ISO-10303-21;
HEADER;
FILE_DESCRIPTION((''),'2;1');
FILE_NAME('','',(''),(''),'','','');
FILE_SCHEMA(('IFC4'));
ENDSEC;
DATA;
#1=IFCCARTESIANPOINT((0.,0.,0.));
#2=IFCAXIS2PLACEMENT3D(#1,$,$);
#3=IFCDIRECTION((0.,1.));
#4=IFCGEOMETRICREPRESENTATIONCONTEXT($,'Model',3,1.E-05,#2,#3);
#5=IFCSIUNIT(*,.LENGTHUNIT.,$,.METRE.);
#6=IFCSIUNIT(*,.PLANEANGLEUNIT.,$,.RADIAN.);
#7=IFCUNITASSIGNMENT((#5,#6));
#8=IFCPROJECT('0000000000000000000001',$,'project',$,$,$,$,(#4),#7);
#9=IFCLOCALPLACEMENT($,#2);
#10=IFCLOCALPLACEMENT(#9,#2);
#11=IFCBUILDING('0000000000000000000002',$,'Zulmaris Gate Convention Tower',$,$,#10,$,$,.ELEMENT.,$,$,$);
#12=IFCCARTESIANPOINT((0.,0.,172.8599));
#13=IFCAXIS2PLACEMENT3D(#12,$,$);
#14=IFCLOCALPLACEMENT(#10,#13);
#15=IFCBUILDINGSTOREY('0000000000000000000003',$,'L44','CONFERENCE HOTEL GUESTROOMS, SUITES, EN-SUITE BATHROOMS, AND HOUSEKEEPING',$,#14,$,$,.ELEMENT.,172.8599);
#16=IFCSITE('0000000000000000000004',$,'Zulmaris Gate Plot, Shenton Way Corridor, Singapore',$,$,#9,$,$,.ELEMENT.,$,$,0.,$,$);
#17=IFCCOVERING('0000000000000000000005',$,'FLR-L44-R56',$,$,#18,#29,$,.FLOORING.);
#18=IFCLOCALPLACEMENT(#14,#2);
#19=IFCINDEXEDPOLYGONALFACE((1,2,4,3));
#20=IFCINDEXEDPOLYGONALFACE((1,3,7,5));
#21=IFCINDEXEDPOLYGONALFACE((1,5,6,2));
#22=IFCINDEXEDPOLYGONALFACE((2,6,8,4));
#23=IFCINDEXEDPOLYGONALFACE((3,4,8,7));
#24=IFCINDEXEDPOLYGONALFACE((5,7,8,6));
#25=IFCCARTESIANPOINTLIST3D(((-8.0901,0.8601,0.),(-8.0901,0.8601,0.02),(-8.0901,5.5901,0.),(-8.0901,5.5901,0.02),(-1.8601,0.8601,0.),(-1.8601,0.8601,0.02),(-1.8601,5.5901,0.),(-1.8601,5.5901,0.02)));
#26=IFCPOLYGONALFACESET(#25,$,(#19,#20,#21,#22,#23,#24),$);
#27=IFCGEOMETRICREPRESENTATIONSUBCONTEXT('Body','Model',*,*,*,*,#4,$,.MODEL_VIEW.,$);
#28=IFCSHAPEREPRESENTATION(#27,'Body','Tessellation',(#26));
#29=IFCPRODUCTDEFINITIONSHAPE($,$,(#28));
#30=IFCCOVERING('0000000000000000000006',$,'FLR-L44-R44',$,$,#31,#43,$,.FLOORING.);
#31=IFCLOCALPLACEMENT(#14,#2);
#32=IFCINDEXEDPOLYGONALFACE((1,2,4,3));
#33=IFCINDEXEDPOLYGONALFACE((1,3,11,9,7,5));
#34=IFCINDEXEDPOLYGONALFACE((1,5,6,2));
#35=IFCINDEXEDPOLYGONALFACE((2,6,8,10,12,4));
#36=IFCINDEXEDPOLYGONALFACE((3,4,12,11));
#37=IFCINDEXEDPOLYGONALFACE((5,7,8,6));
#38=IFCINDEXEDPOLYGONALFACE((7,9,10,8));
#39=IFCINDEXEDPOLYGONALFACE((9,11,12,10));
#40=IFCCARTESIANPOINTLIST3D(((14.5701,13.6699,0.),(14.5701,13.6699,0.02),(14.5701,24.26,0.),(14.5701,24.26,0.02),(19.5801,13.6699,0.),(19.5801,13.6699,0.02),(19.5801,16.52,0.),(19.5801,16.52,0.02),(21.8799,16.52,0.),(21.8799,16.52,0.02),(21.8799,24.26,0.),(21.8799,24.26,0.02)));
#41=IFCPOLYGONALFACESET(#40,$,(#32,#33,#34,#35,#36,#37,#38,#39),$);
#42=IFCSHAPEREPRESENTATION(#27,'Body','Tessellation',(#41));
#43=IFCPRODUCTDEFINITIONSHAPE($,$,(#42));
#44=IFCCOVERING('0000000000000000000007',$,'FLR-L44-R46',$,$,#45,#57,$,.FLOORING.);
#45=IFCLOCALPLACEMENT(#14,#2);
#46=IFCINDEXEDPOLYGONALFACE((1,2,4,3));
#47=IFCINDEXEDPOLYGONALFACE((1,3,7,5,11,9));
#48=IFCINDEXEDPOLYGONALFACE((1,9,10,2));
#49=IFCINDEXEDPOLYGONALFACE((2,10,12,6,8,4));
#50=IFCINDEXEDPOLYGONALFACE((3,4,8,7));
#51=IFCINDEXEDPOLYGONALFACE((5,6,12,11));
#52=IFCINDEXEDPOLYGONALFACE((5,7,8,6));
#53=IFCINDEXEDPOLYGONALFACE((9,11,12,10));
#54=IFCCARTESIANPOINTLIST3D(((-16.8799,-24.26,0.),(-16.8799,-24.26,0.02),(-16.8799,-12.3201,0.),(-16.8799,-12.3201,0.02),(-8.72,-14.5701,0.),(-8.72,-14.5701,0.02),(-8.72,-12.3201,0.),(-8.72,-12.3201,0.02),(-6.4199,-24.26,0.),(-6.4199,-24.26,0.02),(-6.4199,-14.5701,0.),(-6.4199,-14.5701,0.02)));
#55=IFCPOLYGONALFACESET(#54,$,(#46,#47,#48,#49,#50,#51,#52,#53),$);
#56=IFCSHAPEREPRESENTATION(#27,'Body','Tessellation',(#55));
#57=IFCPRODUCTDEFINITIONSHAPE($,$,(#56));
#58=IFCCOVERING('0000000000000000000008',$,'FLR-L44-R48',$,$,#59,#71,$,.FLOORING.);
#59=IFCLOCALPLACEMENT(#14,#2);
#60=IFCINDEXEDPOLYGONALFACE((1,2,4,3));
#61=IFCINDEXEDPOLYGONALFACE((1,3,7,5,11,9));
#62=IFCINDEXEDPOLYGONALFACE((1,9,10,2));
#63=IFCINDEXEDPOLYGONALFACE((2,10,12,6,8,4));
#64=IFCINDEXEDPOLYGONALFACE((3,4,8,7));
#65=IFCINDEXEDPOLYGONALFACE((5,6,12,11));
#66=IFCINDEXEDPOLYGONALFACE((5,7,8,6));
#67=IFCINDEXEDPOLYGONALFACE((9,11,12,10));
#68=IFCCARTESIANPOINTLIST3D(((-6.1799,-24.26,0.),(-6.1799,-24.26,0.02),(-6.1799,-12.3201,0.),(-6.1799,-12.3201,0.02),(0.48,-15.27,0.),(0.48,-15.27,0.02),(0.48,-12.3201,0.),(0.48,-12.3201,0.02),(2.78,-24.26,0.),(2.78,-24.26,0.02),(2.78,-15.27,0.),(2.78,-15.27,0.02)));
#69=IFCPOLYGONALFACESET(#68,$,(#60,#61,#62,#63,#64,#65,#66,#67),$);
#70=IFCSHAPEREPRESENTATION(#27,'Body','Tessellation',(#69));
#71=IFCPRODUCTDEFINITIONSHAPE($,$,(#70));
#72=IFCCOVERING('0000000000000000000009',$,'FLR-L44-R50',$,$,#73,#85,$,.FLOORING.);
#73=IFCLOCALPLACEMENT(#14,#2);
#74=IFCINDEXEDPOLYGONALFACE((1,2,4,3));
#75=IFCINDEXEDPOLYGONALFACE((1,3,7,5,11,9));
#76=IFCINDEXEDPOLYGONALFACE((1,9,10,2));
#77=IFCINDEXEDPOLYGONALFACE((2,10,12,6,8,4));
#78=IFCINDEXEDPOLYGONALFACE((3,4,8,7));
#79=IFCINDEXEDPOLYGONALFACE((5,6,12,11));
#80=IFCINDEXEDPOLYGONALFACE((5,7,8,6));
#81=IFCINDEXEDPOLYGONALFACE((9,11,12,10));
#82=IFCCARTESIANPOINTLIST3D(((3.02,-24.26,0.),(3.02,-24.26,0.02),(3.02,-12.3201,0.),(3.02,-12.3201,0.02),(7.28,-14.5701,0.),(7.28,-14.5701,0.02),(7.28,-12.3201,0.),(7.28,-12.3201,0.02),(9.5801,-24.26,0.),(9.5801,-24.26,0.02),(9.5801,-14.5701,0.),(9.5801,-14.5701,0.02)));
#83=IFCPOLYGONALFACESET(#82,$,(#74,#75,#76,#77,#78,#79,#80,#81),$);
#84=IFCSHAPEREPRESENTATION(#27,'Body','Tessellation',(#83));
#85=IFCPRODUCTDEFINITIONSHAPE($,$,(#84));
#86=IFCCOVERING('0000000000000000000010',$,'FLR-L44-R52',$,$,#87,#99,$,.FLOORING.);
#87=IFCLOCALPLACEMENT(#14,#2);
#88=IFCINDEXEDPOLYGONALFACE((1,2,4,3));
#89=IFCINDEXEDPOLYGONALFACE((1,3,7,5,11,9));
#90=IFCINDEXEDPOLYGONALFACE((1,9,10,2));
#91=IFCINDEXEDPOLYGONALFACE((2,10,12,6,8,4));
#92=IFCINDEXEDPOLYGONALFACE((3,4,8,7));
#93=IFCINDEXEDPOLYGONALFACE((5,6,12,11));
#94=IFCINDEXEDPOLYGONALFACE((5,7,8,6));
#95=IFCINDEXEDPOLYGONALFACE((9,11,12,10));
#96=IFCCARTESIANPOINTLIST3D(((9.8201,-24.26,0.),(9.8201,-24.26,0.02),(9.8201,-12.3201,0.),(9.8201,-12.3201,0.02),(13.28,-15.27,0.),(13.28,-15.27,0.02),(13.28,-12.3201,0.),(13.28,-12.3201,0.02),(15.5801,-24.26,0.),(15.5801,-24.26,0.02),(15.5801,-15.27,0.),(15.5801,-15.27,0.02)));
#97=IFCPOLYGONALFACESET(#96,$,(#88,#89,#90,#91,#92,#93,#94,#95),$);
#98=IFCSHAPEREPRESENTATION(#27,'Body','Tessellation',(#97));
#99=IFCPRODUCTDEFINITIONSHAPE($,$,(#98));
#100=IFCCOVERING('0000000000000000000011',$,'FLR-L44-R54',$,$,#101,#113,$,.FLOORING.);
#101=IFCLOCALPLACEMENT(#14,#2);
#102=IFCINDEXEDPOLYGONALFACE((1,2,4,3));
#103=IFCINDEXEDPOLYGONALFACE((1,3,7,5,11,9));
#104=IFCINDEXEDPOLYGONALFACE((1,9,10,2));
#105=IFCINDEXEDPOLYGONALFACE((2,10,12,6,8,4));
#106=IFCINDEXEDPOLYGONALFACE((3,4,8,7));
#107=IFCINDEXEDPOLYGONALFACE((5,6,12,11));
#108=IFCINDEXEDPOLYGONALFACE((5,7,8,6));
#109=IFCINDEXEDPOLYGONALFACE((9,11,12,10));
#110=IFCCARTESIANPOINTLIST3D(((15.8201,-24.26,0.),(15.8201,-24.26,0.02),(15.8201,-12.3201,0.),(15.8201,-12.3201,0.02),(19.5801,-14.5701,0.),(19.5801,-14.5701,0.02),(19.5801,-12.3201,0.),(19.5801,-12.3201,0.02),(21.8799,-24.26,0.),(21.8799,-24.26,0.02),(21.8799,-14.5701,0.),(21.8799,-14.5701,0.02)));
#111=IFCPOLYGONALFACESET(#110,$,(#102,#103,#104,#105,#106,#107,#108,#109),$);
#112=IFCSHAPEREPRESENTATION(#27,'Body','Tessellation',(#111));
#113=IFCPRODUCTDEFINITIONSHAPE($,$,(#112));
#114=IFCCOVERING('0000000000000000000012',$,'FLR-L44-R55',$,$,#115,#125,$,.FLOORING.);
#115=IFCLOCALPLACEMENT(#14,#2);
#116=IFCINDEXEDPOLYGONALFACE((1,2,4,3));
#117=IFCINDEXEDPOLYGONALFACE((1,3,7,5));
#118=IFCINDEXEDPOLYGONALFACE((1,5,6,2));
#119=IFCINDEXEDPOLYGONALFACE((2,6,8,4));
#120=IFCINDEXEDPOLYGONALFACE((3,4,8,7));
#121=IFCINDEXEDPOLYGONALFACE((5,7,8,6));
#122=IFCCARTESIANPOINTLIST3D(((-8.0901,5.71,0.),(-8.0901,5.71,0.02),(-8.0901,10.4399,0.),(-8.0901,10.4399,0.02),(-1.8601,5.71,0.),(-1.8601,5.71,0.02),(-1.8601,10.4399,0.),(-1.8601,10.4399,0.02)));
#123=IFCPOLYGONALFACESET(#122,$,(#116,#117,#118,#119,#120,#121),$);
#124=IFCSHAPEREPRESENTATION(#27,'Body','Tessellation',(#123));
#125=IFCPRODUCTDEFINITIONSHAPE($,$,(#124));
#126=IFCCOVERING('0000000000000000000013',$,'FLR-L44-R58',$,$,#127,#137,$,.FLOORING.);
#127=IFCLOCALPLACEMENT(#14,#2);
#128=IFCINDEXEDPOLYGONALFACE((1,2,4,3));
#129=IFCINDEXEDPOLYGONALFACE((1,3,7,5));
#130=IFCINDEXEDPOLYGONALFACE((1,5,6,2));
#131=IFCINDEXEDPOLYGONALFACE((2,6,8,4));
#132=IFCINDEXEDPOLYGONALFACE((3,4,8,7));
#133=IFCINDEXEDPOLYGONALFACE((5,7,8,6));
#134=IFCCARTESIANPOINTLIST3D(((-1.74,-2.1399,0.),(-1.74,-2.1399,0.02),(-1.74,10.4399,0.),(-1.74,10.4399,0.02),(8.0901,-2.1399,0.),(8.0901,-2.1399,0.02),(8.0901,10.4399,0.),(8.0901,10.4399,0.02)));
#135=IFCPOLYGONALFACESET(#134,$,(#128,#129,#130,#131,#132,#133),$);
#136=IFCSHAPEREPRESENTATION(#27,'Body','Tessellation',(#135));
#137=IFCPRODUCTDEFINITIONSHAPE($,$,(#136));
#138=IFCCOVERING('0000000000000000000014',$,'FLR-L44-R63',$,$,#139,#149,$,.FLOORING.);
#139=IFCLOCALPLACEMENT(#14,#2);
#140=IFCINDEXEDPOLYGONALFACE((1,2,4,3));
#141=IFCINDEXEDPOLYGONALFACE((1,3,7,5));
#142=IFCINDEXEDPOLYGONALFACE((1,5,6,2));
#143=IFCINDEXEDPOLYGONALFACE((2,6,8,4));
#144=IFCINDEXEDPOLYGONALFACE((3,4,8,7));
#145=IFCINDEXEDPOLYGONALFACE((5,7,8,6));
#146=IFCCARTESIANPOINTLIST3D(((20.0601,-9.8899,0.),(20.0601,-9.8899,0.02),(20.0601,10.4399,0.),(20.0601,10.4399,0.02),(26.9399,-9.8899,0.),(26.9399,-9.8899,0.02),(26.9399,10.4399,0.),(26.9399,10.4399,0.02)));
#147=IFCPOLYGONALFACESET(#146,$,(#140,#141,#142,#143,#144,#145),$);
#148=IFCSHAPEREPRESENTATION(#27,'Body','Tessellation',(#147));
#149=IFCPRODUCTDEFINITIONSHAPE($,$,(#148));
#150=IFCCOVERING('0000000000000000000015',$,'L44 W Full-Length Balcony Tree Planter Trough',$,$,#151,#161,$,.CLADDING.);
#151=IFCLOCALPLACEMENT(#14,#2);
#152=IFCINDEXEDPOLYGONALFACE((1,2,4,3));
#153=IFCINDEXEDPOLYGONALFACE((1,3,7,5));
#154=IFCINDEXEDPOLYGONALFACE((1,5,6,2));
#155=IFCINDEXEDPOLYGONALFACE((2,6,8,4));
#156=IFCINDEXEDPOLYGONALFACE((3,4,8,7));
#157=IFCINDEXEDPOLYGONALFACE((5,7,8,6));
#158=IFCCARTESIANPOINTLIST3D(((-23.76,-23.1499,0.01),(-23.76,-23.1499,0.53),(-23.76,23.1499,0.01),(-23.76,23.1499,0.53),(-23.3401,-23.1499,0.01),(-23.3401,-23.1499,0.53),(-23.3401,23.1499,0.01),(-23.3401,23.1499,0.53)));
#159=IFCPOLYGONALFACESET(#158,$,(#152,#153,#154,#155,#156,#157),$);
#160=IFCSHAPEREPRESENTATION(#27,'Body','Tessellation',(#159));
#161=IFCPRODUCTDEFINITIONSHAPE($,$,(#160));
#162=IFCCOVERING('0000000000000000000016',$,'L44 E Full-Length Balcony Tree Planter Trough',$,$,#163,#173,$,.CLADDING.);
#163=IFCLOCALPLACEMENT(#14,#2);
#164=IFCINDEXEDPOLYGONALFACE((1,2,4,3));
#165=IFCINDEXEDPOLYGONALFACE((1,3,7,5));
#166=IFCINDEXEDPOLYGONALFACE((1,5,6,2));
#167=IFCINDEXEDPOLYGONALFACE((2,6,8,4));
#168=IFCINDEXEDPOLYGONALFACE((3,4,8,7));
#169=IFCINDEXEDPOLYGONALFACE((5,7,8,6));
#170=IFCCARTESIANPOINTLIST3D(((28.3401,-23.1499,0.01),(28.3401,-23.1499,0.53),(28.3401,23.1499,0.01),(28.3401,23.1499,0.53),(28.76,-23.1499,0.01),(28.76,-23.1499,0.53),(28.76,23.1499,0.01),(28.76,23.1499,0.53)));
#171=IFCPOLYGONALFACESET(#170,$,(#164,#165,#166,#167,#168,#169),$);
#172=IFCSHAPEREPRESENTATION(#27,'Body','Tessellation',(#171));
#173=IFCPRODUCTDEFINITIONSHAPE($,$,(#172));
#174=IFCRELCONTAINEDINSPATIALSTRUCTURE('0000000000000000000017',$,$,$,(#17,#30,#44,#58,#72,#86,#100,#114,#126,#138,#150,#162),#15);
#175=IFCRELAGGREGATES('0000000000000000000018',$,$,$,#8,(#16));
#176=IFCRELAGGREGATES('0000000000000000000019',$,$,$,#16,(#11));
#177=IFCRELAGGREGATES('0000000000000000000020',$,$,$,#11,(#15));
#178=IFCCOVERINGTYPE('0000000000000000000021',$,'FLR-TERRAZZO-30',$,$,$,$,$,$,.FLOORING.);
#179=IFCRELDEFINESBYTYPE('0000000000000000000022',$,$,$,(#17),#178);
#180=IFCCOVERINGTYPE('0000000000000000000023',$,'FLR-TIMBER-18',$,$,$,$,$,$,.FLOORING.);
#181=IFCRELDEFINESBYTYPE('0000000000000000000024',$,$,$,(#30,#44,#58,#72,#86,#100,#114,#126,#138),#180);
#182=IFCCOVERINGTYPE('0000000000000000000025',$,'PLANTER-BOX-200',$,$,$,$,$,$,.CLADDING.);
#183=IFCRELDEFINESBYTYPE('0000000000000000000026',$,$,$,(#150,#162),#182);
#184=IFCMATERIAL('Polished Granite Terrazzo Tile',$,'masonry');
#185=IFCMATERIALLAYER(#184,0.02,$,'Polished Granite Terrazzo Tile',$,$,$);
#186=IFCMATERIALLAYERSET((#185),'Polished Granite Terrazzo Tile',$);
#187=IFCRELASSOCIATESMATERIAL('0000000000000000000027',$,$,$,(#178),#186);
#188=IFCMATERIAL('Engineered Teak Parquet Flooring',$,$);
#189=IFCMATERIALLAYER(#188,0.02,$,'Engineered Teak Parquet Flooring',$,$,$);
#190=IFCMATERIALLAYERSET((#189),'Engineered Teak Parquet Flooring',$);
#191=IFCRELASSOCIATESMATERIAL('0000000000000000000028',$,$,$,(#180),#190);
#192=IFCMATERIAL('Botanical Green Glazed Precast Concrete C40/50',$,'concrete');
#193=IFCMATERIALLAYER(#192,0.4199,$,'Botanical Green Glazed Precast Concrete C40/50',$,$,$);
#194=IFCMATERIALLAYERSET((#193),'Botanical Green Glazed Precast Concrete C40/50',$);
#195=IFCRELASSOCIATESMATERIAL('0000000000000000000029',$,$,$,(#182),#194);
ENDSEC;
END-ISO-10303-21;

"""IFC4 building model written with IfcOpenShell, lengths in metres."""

from ifc_helpers import new_model, si_unit, direction, frame, origin, place, context, subcontext, project, spatial, polyline, outline, extrude, material, layer, layer_set, type_object, element, save


model = new_model("IFC4")

# Units and contexts
model_context = context("Model", 3, precision=1e-05, world=origin(), true_north=direction((0.0, 1.0)))
body_context = subcontext(model_context, "Body", "Model", "MODEL_VIEW")
ifc_project = project(units=[si_unit("LENGTHUNIT", "METRE"), si_unit("PLANEANGLEUNIT", "RADIAN")], contexts=[model_context])

# Site, building, storey
site_placement = place(None, origin())
site = spatial("IfcSite", under=ifc_project, at=site_placement, Name="Zulmaris Gate Plot, Shenton Way Corridor, Singapore", CompositionType="ELEMENT", RefElevation=0.0)
building_placement = place(site_placement, origin())
building = spatial("IfcBuilding", under=site, at=building_placement, Name="Zulmaris Gate Convention Tower", CompositionType="ELEMENT")
storey_placement = place(building_placement, frame((0.0, 0.0, 172.8599)))
storey = spatial("IfcBuildingStorey", under=building, at=storey_placement, Name="L44", Description="CONFERENCE HOTEL GUESTROOMS, SUITES, EN-SUITE BATHROOMS, AND HOUSEKEEPING", CompositionType="ELEMENT", Elevation=172.8599)

# Coverings
ifc_material_1 = material(Name="Polished Granite Terrazzo Tile", Category="masonry")
ifc_layer_1 = layer(ifc_material_1, 0.02, Name="Polished Granite Terrazzo Tile")
ifc_layer_set_1 = layer_set([ifc_layer_1], Name="Polished Granite Terrazzo Tile")
covering_type_1 = type_object("IfcCoveringType", Name="FLR-TERRAZZO-30", PredefinedType="FLOORING", material=ifc_layer_set_1)
covering_1_placement = place(storey_placement, origin())
element("IfcCovering", 1, at=covering_1_placement, inside=storey, type_object=covering_type_1, Name="FLR-L44-R56", PredefinedType="FLOORING", context=body_context, shape_type="SweptSolid", body=[
    extrude(outline(polyline([(-8.0901, 0.8601), (-1.8601, 0.8601), (-1.8601, 5.5901), (-8.0901, 5.5901), (-8.0901, 0.8601)])), origin(), (0.0, 0.0, 1.0), 0.02),
])
ifc_material_2 = material(Name="Engineered Teak Parquet Flooring")
ifc_layer_2 = layer(ifc_material_2, 0.02, Name="Engineered Teak Parquet Flooring")
ifc_layer_set_2 = layer_set([ifc_layer_2], Name="Engineered Teak Parquet Flooring")
covering_type_2 = type_object("IfcCoveringType", Name="FLR-TIMBER-18", PredefinedType="FLOORING", material=ifc_layer_set_2)
covering_2_placement = place(storey_placement, origin())
element("IfcCovering", 2, at=covering_2_placement, inside=storey, type_object=covering_type_2, Name="FLR-L44-R44", PredefinedType="FLOORING", context=body_context, shape_type="SweptSolid", body=[
    extrude(outline(polyline([(14.5701, 13.6699), (19.5801, 13.6699), (19.5801, 16.52), (21.8799, 16.52), (21.8799, 24.26), (14.5701, 24.26), (14.5701, 13.6699)])), origin(), (0.0, 0.0, 1.0), 0.02),
])
covering_3_placement = place(storey_placement, origin())
element("IfcCovering", 3, at=covering_3_placement, inside=storey, type_object=covering_type_2, Name="FLR-L44-R46", PredefinedType="FLOORING", context=body_context, shape_type="SweptSolid", body=[
    extrude(outline(polyline([(-16.8799, -24.26), (-6.4199, -24.26), (-6.4199, -14.5701), (-8.72, -14.5701), (-8.72, -12.3201), (-16.8799, -12.3201), (-16.8799, -24.26)])), origin(), (0.0, 0.0, 1.0), 0.02),
])
covering_4_placement = place(storey_placement, origin())
element("IfcCovering", 4, at=covering_4_placement, inside=storey, type_object=covering_type_2, Name="FLR-L44-R48", PredefinedType="FLOORING", context=body_context, shape_type="SweptSolid", body=[
    extrude(outline(polyline([(-6.1799, -24.26), (2.78, -24.26), (2.78, -15.27), (0.48, -15.27), (0.48, -12.3201), (-6.1799, -12.3201), (-6.1799, -24.26)])), origin(), (0.0, 0.0, 1.0), 0.02),
])
covering_5_placement = place(storey_placement, origin())
element("IfcCovering", 5, at=covering_5_placement, inside=storey, type_object=covering_type_2, Name="FLR-L44-R50", PredefinedType="FLOORING", context=body_context, shape_type="SweptSolid", body=[
    extrude(outline(polyline([(3.02, -24.26), (9.5801, -24.26), (9.5801, -14.5701), (7.28, -14.5701), (7.28, -12.3201), (3.02, -12.3201), (3.02, -24.26)])), origin(), (0.0, 0.0, 1.0), 0.02),
])
covering_6_placement = place(storey_placement, origin())
element("IfcCovering", 6, at=covering_6_placement, inside=storey, type_object=covering_type_2, Name="FLR-L44-R52", PredefinedType="FLOORING", context=body_context, shape_type="SweptSolid", body=[
    extrude(outline(polyline([(9.8201, -24.26), (15.5801, -24.26), (15.5801, -15.27), (13.28, -15.27), (13.28, -12.3201), (9.8201, -12.3201), (9.8201, -24.26)])), origin(), (0.0, 0.0, 1.0), 0.02),
])
covering_7_placement = place(storey_placement, origin())
element("IfcCovering", 7, at=covering_7_placement, inside=storey, type_object=covering_type_2, Name="FLR-L44-R54", PredefinedType="FLOORING", context=body_context, shape_type="SweptSolid", body=[
    extrude(outline(polyline([(15.8201, -24.26), (21.8799, -24.26), (21.8799, -14.5701), (19.5801, -14.5701), (19.5801, -12.3201), (15.8201, -12.3201), (15.8201, -24.26)])), origin(), (0.0, 0.0, 1.0), 0.02),
])
covering_8_placement = place(storey_placement, origin())
element("IfcCovering", 8, at=covering_8_placement, inside=storey, type_object=covering_type_2, Name="FLR-L44-R55", PredefinedType="FLOORING", context=body_context, shape_type="SweptSolid", body=[
    extrude(outline(polyline([(-8.0901, 5.71), (-1.8601, 5.71), (-1.8601, 10.4399), (-8.0901, 10.4399), (-8.0901, 5.71)])), origin(), (0.0, 0.0, 1.0), 0.02),
])
covering_9_placement = place(storey_placement, origin())
element("IfcCovering", 9, at=covering_9_placement, inside=storey, type_object=covering_type_2, Name="FLR-L44-R58", PredefinedType="FLOORING", context=body_context, shape_type="SweptSolid", body=[
    extrude(outline(polyline([(-1.74, -2.1399), (8.0901, -2.1399), (8.0901, 10.4399), (-1.74, 10.4399), (-1.74, -2.1399)])), origin(), (0.0, 0.0, 1.0), 0.02),
])
covering_10_placement = place(storey_placement, origin())
element("IfcCovering", 10, at=covering_10_placement, inside=storey, type_object=covering_type_2, Name="FLR-L44-R63", PredefinedType="FLOORING", context=body_context, shape_type="SweptSolid", body=[
    extrude(outline(polyline([(20.0601, -9.8899), (26.9399, -9.8899), (26.9399, 10.4399), (20.0601, 10.4399), (20.0601, -9.8899)])), origin(), (0.0, 0.0, 1.0), 0.02),
])
ifc_material_3 = material(Name="Botanical Green Glazed Precast Concrete C40/50", Category="concrete")
ifc_layer_3 = layer(ifc_material_3, 0.4199, Name="Botanical Green Glazed Precast Concrete C40/50")
ifc_layer_set_3 = layer_set([ifc_layer_3], Name="Botanical Green Glazed Precast Concrete C40/50")
covering_type_3 = type_object("IfcCoveringType", Name="PLANTER-BOX-200", PredefinedType="CLADDING", material=ifc_layer_set_3)
covering_11_placement = place(storey_placement, frame((0.0, 0.0, 0.01)))
element("IfcCovering", 11, at=covering_11_placement, inside=storey, type_object=covering_type_3, Name="L44 W Full-Length Balcony Tree Planter Trough", PredefinedType="CLADDING", context=body_context, shape_type="SweptSolid", body=[
    extrude(outline(polyline([(-23.76, -23.1499), (-23.3401, -23.1499), (-23.3401, 23.1499), (-23.76, 23.1499), (-23.76, -23.1499)])), origin(), (0.0, 0.0, 1.0), 0.52),
])
covering_12_placement = place(storey_placement, frame((0.0, 0.0, 0.01)))
element("IfcCovering", 12, at=covering_12_placement, inside=storey, type_object=covering_type_3, Name="L44 E Full-Length Balcony Tree Planter Trough", PredefinedType="CLADDING", context=body_context, shape_type="SweptSolid", body=[
    extrude(outline(polyline([(28.3401, -23.1499), (28.76, -23.1499), (28.76, 23.1499), (28.3401, 23.1499), (28.3401, -23.1499)])), origin(), (0.0, 0.0, 1.0), 0.52),
])

save(model, "model.ifc")
